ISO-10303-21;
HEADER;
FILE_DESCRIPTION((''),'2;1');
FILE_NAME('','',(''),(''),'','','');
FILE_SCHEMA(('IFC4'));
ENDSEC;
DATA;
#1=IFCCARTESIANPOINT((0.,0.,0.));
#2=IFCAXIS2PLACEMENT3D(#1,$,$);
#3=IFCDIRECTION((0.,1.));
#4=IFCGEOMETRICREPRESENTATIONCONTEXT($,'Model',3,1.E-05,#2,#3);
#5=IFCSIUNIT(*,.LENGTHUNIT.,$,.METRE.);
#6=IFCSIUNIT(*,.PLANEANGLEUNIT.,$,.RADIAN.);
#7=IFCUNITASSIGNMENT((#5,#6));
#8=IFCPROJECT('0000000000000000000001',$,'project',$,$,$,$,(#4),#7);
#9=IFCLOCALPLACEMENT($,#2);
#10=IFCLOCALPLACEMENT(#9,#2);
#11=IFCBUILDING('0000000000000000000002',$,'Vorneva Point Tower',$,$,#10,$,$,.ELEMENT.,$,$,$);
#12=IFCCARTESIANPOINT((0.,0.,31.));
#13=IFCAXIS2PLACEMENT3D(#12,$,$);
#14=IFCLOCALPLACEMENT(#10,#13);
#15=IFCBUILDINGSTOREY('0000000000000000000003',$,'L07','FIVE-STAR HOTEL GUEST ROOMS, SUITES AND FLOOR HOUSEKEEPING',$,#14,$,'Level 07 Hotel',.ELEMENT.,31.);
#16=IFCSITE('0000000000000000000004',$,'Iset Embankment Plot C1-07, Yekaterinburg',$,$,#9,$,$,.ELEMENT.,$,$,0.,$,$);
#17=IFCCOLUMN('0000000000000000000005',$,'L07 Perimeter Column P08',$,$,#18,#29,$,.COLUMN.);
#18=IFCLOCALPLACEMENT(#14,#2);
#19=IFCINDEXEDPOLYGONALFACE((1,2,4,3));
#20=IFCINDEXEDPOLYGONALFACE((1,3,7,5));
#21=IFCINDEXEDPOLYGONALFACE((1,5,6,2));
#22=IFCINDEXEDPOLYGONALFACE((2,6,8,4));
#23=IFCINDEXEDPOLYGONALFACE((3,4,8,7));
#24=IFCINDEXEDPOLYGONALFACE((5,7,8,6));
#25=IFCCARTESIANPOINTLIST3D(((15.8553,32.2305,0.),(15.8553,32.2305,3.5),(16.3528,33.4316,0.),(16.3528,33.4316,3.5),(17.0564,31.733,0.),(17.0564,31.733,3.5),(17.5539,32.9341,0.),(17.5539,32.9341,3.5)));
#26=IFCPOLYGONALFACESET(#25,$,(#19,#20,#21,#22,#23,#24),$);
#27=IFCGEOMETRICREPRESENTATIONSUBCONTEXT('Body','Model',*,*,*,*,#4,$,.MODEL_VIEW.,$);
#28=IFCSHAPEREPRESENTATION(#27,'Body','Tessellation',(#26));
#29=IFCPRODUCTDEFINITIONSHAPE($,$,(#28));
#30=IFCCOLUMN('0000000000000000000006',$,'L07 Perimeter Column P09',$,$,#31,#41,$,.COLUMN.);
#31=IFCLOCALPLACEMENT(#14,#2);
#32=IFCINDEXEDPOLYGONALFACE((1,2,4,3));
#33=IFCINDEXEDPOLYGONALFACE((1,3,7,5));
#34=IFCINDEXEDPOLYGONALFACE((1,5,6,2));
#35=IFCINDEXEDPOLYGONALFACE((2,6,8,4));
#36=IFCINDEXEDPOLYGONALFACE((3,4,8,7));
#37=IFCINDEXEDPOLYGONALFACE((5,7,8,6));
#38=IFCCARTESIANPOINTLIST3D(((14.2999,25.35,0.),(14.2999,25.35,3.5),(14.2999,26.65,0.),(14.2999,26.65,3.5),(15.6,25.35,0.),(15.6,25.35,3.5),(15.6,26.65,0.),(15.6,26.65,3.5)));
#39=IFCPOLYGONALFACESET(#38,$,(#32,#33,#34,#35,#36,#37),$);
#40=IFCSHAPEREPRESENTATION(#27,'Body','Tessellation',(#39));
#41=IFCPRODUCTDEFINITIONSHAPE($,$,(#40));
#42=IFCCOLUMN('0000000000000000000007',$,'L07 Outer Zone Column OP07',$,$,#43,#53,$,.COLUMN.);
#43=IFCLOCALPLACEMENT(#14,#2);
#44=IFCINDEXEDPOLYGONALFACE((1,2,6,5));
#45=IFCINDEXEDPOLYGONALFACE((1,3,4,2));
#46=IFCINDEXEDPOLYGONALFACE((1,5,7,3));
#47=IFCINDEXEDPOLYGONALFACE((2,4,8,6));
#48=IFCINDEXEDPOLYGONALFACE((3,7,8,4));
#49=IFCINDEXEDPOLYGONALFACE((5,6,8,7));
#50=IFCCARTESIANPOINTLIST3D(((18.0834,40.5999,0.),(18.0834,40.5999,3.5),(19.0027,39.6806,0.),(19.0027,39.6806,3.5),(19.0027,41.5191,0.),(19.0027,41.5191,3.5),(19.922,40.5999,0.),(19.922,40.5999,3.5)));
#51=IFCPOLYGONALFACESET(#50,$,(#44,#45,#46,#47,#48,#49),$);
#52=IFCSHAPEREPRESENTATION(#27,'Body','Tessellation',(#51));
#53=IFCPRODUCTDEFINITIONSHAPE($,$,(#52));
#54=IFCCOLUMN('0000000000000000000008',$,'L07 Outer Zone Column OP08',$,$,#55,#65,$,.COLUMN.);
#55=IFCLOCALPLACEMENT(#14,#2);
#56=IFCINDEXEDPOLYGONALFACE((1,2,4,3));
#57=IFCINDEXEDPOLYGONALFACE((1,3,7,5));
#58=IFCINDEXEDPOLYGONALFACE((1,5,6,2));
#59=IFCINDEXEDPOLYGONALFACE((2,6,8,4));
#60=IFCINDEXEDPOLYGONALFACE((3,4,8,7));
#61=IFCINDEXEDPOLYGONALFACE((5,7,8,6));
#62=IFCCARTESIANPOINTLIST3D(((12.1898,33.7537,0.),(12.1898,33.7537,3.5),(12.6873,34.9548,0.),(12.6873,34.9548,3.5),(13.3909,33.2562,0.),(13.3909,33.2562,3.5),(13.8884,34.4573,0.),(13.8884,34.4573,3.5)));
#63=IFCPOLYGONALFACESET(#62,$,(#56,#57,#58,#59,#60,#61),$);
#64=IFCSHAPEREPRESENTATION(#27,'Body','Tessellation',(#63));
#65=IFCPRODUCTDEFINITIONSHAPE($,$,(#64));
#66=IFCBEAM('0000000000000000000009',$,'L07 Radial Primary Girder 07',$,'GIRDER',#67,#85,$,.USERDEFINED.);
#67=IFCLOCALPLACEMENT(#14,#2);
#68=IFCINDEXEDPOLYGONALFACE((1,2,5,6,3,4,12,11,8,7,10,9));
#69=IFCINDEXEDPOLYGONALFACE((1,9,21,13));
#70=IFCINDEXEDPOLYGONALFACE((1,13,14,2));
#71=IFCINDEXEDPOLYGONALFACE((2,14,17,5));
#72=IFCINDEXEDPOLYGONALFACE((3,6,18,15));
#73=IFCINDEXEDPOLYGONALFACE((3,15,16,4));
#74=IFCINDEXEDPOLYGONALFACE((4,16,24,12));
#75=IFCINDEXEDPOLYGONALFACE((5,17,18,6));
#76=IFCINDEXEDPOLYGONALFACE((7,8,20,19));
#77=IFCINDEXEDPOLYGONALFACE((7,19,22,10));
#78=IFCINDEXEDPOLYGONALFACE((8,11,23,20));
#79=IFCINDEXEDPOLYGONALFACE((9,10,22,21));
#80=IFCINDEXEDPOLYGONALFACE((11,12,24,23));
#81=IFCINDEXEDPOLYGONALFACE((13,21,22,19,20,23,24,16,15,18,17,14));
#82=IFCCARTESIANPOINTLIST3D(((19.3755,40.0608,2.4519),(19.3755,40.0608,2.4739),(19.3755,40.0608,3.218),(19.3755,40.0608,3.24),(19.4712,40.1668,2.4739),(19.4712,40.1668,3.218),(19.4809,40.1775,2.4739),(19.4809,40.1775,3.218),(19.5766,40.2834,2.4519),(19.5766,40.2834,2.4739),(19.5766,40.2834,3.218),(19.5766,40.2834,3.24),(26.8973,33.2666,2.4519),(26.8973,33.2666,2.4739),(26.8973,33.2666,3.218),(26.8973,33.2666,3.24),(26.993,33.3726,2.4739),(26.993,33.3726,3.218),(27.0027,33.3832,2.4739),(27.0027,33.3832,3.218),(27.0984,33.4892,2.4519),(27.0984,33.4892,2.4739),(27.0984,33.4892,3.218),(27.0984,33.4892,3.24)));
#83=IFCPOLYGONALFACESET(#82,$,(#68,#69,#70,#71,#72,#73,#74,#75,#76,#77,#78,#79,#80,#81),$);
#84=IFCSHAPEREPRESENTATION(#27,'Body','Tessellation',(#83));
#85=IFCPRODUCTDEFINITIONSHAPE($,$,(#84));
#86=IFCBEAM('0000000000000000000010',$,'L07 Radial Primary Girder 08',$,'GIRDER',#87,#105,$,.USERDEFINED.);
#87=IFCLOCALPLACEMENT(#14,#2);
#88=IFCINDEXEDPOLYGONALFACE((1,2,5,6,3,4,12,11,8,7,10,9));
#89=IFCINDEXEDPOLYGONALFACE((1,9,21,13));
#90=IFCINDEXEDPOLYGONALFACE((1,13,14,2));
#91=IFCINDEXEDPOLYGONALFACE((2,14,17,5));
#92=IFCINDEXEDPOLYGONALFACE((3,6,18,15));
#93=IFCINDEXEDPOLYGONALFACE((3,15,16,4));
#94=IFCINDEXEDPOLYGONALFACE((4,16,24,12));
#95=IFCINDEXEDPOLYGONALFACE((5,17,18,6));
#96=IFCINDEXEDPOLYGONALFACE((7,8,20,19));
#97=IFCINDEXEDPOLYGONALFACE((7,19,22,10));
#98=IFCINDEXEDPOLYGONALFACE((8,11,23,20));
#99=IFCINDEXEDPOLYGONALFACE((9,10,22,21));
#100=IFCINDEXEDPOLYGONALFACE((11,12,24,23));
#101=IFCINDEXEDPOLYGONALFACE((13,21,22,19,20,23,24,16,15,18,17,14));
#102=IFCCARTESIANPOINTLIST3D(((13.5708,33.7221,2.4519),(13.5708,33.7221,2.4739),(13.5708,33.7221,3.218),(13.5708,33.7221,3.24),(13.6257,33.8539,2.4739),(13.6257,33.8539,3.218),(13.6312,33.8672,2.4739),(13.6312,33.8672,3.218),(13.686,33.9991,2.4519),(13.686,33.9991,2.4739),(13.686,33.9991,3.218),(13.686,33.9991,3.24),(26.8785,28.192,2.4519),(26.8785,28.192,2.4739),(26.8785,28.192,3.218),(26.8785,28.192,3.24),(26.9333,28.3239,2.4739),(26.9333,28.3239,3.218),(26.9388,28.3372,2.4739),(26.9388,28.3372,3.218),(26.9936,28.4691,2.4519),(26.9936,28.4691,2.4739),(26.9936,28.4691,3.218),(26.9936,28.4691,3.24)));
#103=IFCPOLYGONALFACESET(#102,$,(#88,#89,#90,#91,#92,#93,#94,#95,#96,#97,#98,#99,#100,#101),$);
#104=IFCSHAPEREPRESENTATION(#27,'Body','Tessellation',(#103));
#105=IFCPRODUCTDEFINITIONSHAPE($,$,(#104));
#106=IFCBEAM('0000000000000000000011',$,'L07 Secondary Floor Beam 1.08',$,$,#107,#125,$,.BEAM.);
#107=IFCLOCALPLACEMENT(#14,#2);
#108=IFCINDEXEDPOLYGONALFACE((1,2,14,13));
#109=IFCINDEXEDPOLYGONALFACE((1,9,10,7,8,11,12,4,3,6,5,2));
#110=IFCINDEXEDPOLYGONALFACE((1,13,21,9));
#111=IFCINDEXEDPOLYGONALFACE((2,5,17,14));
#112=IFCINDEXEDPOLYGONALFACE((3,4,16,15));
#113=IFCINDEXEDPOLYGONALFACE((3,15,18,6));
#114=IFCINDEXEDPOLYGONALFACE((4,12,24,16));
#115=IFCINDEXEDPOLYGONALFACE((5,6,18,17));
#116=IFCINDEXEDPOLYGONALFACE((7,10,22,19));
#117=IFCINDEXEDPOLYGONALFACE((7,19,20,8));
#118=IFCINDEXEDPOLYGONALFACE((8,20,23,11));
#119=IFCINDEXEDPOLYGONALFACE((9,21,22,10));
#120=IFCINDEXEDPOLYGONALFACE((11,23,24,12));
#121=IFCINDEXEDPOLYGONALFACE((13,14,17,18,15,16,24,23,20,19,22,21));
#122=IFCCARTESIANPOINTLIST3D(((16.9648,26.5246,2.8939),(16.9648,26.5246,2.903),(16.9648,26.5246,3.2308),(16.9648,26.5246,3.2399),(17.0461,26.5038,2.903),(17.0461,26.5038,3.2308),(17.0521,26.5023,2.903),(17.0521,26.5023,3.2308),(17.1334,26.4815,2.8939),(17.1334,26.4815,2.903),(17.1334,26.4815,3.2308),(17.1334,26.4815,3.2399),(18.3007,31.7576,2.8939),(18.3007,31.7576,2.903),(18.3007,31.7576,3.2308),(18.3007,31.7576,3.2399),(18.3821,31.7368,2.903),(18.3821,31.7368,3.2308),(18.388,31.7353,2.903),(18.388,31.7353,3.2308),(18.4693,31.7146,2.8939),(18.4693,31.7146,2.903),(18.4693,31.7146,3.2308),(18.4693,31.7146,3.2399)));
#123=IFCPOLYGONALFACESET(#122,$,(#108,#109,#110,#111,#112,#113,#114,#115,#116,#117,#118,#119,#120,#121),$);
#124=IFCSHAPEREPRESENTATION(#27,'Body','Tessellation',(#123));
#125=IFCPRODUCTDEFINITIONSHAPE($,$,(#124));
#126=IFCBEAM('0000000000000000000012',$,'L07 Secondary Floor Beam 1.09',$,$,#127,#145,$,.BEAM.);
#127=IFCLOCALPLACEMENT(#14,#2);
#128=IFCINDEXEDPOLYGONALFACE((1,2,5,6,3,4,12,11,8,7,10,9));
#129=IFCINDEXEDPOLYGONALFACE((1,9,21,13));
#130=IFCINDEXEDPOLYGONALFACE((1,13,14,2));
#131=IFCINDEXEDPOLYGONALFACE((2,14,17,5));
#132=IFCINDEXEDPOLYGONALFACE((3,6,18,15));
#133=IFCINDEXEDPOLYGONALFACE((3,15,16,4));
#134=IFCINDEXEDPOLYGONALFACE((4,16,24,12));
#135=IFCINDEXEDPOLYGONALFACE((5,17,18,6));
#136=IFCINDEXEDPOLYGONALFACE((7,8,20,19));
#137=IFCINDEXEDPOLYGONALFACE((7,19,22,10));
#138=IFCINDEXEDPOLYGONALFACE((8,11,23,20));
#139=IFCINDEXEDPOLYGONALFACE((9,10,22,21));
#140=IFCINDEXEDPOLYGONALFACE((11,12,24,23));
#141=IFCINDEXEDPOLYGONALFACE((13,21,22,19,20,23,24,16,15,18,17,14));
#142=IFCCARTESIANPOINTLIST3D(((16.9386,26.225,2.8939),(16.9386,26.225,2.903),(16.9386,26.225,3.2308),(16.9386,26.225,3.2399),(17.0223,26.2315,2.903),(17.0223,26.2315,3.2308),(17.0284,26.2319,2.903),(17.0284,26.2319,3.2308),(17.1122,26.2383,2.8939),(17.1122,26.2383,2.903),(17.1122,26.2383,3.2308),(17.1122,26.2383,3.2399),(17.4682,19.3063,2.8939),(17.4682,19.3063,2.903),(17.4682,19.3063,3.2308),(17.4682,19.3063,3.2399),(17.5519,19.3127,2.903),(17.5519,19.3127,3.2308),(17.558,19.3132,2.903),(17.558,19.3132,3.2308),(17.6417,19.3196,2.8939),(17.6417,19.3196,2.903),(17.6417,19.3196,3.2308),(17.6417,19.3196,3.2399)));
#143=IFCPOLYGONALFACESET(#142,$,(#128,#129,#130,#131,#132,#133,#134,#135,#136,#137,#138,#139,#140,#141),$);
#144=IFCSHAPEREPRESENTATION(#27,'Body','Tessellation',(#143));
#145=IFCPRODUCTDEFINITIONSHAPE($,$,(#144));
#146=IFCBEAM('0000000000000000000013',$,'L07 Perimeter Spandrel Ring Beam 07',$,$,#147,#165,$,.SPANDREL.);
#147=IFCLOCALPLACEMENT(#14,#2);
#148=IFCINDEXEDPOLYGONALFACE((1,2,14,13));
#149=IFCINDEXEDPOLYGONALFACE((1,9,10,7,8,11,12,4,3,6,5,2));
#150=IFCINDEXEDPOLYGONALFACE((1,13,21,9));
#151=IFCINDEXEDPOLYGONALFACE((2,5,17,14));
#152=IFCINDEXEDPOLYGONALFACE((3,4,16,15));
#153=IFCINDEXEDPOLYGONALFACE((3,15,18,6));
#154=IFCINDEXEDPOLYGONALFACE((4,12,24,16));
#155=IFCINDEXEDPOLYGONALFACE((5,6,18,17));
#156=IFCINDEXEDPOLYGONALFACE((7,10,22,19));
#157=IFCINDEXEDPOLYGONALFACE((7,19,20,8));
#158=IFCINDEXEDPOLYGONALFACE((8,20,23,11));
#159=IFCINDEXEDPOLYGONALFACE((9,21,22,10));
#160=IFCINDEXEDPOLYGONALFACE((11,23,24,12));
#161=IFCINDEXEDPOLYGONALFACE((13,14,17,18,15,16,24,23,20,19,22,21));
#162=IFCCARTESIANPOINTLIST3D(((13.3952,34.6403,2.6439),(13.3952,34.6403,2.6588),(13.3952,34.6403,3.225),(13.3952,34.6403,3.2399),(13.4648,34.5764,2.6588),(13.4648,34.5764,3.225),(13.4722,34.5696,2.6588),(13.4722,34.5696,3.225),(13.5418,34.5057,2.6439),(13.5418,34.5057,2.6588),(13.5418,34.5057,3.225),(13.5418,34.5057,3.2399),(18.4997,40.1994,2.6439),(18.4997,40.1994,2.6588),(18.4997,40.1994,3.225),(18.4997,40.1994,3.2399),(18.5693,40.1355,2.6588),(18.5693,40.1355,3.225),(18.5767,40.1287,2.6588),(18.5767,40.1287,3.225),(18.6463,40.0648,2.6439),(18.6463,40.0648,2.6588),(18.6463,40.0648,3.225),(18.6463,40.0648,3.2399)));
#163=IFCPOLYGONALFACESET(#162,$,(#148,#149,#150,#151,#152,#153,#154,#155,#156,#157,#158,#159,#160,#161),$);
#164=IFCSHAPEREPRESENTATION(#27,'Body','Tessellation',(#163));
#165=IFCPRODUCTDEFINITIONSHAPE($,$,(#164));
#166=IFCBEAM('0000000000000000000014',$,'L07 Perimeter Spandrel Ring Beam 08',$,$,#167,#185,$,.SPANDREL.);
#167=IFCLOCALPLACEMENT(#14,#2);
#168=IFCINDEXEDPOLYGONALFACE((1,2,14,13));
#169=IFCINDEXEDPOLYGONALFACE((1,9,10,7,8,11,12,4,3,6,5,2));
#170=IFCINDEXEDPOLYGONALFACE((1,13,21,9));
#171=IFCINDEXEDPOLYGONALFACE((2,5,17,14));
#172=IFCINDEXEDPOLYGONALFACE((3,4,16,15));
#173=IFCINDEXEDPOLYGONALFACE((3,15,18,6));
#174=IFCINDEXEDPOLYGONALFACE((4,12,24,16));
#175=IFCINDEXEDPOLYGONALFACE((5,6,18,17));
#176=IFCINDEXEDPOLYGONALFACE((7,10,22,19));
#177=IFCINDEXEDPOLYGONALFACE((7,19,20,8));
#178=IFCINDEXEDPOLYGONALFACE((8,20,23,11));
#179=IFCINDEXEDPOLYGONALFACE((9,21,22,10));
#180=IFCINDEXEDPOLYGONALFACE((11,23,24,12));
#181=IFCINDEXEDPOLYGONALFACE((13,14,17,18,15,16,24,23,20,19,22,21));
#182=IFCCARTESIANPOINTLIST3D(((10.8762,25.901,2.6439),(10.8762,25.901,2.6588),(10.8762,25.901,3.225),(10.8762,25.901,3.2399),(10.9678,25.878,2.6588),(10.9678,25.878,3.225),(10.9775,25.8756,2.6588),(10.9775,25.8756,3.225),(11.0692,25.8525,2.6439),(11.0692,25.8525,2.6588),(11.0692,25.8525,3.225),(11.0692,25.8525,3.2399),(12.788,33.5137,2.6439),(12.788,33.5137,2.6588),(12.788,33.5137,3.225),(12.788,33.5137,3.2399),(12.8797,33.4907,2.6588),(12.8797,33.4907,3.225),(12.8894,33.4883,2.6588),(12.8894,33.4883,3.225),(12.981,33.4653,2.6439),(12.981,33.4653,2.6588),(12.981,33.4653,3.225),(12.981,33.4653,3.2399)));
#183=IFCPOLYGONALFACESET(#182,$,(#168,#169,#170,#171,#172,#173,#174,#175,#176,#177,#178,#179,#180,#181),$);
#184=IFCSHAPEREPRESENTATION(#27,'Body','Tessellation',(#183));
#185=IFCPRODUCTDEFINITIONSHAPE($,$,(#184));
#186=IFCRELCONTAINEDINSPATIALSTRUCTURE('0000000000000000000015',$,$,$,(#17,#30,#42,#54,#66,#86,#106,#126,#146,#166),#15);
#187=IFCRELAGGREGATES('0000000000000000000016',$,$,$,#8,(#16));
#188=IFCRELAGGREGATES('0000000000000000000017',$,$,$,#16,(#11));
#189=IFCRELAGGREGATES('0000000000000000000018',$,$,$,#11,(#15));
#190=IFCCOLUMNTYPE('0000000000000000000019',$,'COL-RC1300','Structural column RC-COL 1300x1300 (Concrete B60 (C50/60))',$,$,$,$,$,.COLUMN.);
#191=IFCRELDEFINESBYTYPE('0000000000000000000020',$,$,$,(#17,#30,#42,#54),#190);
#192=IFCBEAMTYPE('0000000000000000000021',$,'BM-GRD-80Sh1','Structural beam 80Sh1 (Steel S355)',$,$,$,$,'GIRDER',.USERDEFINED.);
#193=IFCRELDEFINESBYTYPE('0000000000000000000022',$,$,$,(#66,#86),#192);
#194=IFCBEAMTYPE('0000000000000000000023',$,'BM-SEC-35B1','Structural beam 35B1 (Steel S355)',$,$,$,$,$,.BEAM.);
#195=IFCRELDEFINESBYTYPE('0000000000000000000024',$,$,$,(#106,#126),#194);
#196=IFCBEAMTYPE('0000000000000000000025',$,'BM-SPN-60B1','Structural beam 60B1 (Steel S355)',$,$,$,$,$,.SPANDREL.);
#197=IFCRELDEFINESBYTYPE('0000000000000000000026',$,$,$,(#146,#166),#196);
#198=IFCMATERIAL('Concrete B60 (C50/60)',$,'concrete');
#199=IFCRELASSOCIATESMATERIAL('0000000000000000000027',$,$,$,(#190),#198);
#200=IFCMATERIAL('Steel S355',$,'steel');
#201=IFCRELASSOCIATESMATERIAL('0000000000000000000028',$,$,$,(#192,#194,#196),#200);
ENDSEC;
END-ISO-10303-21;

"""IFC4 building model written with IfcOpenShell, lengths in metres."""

from ifc_helpers import new_model, si_unit, direction, frame, origin, origin_2d, place, context, subcontext, project, spatial, rectangle, i_section, extrude, material, material_profile, profile_set, type_object, element, save


model = new_model("IFC4")

# Units and contexts
model_context = context("Model", 3, precision=1e-05, world=origin(), true_north=direction((0.0, 1.0)))
body_context = subcontext(model_context, "Body", "Model", "MODEL_VIEW")
ifc_project = project(units=[si_unit("LENGTHUNIT", "METRE"), si_unit("PLANEANGLEUNIT", "RADIAN")], contexts=[model_context])

# Site, building, storey
site_placement = place(None, origin())
site = spatial("IfcSite", under=ifc_project, at=site_placement, Name="Iset Embankment Plot C1-07, Yekaterinburg", CompositionType="ELEMENT", RefElevation=0.0)
building_placement = place(site_placement, origin())
building = spatial("IfcBuilding", under=site, at=building_placement, Name="Vorneva Point Tower", CompositionType="ELEMENT")
storey_placement = place(building_placement, frame((0.0, 0.0, 31.0)))
storey = spatial("IfcBuildingStorey", under=building, at=storey_placement, Name="L07", Description="FIVE-STAR HOTEL GUEST ROOMS, SUITES AND FLOOR HOUSEKEEPING", LongName="Level 07 Hotel", CompositionType="ELEMENT", Elevation=31.0)

# Columns
ifc_material_1 = material(Name="Concrete B60 (C50/60)", Category="concrete")
ifc_material_profile_1 = material_profile(ifc_material_1, rectangle(XDim=1.3, YDim=1.3, at=origin_2d()), Name="RC-COL 1300x1300")
ifc_profile_set_1 = profile_set([ifc_material_profile_1], Name="Concrete B60 (C50/60)")
column_type = type_object("IfcColumnType", Name="COL-RC1300", Description="Structural column RC-COL 1300x1300 (Concrete B60 (C50/60))", PredefinedType="COLUMN", material=ifc_profile_set_1)
for number, where, z_axis, x_axis, name in (
    (1, (16.7046, 32.5823, 0.0), (0.0, 0.0, 1.0), (-0.92388, 0.382683, 0.0), "L07 Perimeter Column P08"),
    (2, (14.95, 26.0, 0.0), (0.0, 0.0, 1.0), (-1.0, 0.0, 0.0), "L07 Perimeter Column P09"),
    (3, (19.0027, 40.5999, 0.0), (0.0, 0.0, 1.0), (-0.707107, 0.707107, 0.0), "L07 Outer Zone Column OP07"),
    (4, (13.0391, 34.1055, 0.0), (0.0, 0.0, 1.0), (-0.92388, 0.382683, 0.0), "L07 Outer Zone Column OP08"),
):
    element("IfcColumn", number, at=place(storey_placement, frame(where, z_axis=z_axis, x_axis=x_axis)), inside=storey, type_object=column_type, Name=name, PredefinedType="COLUMN", context=body_context, shape_type="SweptSolid", body=[
        extrude(rectangle(XDim=1.3, YDim=1.3, at=origin_2d()), origin(), (0.0, 0.0, 1.0), 3.5),
    ])

# Beams
ifc_material_2 = material(Name="Steel S355", Category="steel")
ifc_material_profile_2 = material_profile(ifc_material_2, i_section(OverallWidth=0.3, OverallDepth=0.7881, WebThickness=0.0144, FlangeThickness=0.022, at=origin_2d()), Name="80Sh1")
ifc_profile_set_2 = profile_set([ifc_material_profile_2], Name="Steel S355")
beam_type_1 = type_object("IfcBeamType", Name="BM-GRD-80Sh1", Description="Structural beam 80Sh1 (Steel S355)", ElementType="GIRDER", PredefinedType="USERDEFINED", material=ifc_profile_set_2)
beam_1_placement = place(storey_placement, frame((19.4761, 40.1721, 2.8459), z_axis=(0.742084, -0.670306, 0.0), x_axis=(0.670306, 0.742084, 0.0)))
element("IfcBeam", 5, at=beam_1_placement, inside=storey, type_object=beam_type_1, Name="L07 Radial Primary Girder 07", ObjectType="GIRDER", PredefinedType="USERDEFINED", context=body_context, shape_type="SweptSolid", body=[
    extrude(i_section(OverallWidth=0.3, OverallDepth=0.7881, WebThickness=0.0144, FlangeThickness=0.022, at=origin_2d()), origin(), (0.0, 0.0, 1.0), 10.136),
])
beam_2_placement = place(storey_placement, frame((13.6284, 33.8606, 2.8459), z_axis=(0.923441, -0.383739, 0.0), x_axis=(0.383739, 0.923441, 0.0)))
element("IfcBeam", 6, at=beam_2_placement, inside=storey, type_object=beam_type_1, Name="L07 Radial Primary Girder 08", ObjectType="GIRDER", PredefinedType="USERDEFINED", context=body_context, shape_type="SweptSolid", body=[
    extrude(i_section(OverallWidth=0.3, OverallDepth=0.7881, WebThickness=0.0144, FlangeThickness=0.022, at=origin_2d()), origin(), (0.0, 0.0, 1.0), 14.4109),
])
ifc_material_profile_3 = material_profile(ifc_material_2, i_section(OverallWidth=0.1741, OverallDepth=0.3459, WebThickness=0.0061, FlangeThickness=0.009, at=origin_2d()), Name="35B1")
ifc_profile_set_3 = profile_set([ifc_material_profile_3], Name="Steel S355")
beam_type_2 = type_object("IfcBeamType", Name="BM-SEC-35B1", Description="Structural beam 35B1 (Steel S355)", PredefinedType="BEAM", material=ifc_profile_set_3)
beam_3_placement = place(storey_placement, frame((18.385, 31.7361, 3.0669), z_axis=(-0.247351, -0.968926, 0.0), x_axis=(0.968926, -0.247351, 0.0)))
element("IfcBeam", 7, at=beam_3_placement, inside=storey, type_object=beam_type_2, Name="L07 Secondary Floor Beam 1.08", PredefinedType="BEAM", context=body_context, shape_type="SweptSolid", body=[
    extrude(i_section(OverallWidth=0.1741, OverallDepth=0.3459, WebThickness=0.0061, FlangeThickness=0.009, at=origin_2d()), origin(), (0.0, 0.0, 1.0), 5.4009),
])
beam_4_placement = place(storey_placement, frame((17.0254, 26.2317, 3.0669), z_axis=(0.076314, -0.997084, 0.0), x_axis=(0.997084, 0.076314, 0.0)))
element("IfcBeam", 8, at=beam_4_placement, inside=storey, type_object=beam_type_2, Name="L07 Secondary Floor Beam 1.09", PredefinedType="BEAM", context=body_context, shape_type="SweptSolid", body=[
    extrude(i_section(OverallWidth=0.1741, OverallDepth=0.3459, WebThickness=0.0061, FlangeThickness=0.009, at=origin_2d()), origin(), (0.0, 0.0, 1.0), 6.939),
])
ifc_material_profile_4 = material_profile(ifc_material_2, i_section(OverallWidth=0.199, OverallDepth=0.5959, WebThickness=0.01, FlangeThickness=0.0149, at=origin_2d()), Name="60B1")
ifc_profile_set_4 = profile_set([ifc_material_profile_4], Name="Steel S355")
beam_type_3 = type_object("IfcBeamType", Name="BM-SPN-60B1", Description="Structural beam 60B1 (Steel S355)", PredefinedType="SPANDREL", material=ifc_profile_set_4)
beam_5_placement = place(storey_placement, frame((18.573, 40.1321, 2.9419), z_axis=(-0.676348, -0.736582, 0.0), x_axis=(0.736582, -0.676348, 0.0)))
element("IfcBeam", 9, at=beam_5_placement, inside=storey, type_object=beam_type_3, Name="L07 Perimeter Spandrel Ring Beam 07", PredefinedType="SPANDREL", context=body_context, shape_type="SweptSolid", body=[
    extrude(i_section(OverallWidth=0.199, OverallDepth=0.5959, WebThickness=0.01, FlangeThickness=0.0149, at=origin_2d()), origin(), (0.0, 0.0, 1.0), 7.5471),
])
beam_6_placement = place(storey_placement, frame((12.8845, 33.4895, 2.9419), z_axis=(-0.243575, -0.969882, 0.0), x_axis=(0.969882, -0.243575, 0.0)))
element("IfcBeam", 10, at=beam_6_placement, inside=storey, type_object=beam_type_3, Name="L07 Perimeter Spandrel Ring Beam 08", PredefinedType="SPANDREL", context=body_context, shape_type="SweptSolid", body=[
    extrude(i_section(OverallWidth=0.199, OverallDepth=0.5959, WebThickness=0.01, FlangeThickness=0.0149, at=origin_2d()), origin(), (0.0, 0.0, 1.0), 7.8491),
])

save(model, "model.ifc")
